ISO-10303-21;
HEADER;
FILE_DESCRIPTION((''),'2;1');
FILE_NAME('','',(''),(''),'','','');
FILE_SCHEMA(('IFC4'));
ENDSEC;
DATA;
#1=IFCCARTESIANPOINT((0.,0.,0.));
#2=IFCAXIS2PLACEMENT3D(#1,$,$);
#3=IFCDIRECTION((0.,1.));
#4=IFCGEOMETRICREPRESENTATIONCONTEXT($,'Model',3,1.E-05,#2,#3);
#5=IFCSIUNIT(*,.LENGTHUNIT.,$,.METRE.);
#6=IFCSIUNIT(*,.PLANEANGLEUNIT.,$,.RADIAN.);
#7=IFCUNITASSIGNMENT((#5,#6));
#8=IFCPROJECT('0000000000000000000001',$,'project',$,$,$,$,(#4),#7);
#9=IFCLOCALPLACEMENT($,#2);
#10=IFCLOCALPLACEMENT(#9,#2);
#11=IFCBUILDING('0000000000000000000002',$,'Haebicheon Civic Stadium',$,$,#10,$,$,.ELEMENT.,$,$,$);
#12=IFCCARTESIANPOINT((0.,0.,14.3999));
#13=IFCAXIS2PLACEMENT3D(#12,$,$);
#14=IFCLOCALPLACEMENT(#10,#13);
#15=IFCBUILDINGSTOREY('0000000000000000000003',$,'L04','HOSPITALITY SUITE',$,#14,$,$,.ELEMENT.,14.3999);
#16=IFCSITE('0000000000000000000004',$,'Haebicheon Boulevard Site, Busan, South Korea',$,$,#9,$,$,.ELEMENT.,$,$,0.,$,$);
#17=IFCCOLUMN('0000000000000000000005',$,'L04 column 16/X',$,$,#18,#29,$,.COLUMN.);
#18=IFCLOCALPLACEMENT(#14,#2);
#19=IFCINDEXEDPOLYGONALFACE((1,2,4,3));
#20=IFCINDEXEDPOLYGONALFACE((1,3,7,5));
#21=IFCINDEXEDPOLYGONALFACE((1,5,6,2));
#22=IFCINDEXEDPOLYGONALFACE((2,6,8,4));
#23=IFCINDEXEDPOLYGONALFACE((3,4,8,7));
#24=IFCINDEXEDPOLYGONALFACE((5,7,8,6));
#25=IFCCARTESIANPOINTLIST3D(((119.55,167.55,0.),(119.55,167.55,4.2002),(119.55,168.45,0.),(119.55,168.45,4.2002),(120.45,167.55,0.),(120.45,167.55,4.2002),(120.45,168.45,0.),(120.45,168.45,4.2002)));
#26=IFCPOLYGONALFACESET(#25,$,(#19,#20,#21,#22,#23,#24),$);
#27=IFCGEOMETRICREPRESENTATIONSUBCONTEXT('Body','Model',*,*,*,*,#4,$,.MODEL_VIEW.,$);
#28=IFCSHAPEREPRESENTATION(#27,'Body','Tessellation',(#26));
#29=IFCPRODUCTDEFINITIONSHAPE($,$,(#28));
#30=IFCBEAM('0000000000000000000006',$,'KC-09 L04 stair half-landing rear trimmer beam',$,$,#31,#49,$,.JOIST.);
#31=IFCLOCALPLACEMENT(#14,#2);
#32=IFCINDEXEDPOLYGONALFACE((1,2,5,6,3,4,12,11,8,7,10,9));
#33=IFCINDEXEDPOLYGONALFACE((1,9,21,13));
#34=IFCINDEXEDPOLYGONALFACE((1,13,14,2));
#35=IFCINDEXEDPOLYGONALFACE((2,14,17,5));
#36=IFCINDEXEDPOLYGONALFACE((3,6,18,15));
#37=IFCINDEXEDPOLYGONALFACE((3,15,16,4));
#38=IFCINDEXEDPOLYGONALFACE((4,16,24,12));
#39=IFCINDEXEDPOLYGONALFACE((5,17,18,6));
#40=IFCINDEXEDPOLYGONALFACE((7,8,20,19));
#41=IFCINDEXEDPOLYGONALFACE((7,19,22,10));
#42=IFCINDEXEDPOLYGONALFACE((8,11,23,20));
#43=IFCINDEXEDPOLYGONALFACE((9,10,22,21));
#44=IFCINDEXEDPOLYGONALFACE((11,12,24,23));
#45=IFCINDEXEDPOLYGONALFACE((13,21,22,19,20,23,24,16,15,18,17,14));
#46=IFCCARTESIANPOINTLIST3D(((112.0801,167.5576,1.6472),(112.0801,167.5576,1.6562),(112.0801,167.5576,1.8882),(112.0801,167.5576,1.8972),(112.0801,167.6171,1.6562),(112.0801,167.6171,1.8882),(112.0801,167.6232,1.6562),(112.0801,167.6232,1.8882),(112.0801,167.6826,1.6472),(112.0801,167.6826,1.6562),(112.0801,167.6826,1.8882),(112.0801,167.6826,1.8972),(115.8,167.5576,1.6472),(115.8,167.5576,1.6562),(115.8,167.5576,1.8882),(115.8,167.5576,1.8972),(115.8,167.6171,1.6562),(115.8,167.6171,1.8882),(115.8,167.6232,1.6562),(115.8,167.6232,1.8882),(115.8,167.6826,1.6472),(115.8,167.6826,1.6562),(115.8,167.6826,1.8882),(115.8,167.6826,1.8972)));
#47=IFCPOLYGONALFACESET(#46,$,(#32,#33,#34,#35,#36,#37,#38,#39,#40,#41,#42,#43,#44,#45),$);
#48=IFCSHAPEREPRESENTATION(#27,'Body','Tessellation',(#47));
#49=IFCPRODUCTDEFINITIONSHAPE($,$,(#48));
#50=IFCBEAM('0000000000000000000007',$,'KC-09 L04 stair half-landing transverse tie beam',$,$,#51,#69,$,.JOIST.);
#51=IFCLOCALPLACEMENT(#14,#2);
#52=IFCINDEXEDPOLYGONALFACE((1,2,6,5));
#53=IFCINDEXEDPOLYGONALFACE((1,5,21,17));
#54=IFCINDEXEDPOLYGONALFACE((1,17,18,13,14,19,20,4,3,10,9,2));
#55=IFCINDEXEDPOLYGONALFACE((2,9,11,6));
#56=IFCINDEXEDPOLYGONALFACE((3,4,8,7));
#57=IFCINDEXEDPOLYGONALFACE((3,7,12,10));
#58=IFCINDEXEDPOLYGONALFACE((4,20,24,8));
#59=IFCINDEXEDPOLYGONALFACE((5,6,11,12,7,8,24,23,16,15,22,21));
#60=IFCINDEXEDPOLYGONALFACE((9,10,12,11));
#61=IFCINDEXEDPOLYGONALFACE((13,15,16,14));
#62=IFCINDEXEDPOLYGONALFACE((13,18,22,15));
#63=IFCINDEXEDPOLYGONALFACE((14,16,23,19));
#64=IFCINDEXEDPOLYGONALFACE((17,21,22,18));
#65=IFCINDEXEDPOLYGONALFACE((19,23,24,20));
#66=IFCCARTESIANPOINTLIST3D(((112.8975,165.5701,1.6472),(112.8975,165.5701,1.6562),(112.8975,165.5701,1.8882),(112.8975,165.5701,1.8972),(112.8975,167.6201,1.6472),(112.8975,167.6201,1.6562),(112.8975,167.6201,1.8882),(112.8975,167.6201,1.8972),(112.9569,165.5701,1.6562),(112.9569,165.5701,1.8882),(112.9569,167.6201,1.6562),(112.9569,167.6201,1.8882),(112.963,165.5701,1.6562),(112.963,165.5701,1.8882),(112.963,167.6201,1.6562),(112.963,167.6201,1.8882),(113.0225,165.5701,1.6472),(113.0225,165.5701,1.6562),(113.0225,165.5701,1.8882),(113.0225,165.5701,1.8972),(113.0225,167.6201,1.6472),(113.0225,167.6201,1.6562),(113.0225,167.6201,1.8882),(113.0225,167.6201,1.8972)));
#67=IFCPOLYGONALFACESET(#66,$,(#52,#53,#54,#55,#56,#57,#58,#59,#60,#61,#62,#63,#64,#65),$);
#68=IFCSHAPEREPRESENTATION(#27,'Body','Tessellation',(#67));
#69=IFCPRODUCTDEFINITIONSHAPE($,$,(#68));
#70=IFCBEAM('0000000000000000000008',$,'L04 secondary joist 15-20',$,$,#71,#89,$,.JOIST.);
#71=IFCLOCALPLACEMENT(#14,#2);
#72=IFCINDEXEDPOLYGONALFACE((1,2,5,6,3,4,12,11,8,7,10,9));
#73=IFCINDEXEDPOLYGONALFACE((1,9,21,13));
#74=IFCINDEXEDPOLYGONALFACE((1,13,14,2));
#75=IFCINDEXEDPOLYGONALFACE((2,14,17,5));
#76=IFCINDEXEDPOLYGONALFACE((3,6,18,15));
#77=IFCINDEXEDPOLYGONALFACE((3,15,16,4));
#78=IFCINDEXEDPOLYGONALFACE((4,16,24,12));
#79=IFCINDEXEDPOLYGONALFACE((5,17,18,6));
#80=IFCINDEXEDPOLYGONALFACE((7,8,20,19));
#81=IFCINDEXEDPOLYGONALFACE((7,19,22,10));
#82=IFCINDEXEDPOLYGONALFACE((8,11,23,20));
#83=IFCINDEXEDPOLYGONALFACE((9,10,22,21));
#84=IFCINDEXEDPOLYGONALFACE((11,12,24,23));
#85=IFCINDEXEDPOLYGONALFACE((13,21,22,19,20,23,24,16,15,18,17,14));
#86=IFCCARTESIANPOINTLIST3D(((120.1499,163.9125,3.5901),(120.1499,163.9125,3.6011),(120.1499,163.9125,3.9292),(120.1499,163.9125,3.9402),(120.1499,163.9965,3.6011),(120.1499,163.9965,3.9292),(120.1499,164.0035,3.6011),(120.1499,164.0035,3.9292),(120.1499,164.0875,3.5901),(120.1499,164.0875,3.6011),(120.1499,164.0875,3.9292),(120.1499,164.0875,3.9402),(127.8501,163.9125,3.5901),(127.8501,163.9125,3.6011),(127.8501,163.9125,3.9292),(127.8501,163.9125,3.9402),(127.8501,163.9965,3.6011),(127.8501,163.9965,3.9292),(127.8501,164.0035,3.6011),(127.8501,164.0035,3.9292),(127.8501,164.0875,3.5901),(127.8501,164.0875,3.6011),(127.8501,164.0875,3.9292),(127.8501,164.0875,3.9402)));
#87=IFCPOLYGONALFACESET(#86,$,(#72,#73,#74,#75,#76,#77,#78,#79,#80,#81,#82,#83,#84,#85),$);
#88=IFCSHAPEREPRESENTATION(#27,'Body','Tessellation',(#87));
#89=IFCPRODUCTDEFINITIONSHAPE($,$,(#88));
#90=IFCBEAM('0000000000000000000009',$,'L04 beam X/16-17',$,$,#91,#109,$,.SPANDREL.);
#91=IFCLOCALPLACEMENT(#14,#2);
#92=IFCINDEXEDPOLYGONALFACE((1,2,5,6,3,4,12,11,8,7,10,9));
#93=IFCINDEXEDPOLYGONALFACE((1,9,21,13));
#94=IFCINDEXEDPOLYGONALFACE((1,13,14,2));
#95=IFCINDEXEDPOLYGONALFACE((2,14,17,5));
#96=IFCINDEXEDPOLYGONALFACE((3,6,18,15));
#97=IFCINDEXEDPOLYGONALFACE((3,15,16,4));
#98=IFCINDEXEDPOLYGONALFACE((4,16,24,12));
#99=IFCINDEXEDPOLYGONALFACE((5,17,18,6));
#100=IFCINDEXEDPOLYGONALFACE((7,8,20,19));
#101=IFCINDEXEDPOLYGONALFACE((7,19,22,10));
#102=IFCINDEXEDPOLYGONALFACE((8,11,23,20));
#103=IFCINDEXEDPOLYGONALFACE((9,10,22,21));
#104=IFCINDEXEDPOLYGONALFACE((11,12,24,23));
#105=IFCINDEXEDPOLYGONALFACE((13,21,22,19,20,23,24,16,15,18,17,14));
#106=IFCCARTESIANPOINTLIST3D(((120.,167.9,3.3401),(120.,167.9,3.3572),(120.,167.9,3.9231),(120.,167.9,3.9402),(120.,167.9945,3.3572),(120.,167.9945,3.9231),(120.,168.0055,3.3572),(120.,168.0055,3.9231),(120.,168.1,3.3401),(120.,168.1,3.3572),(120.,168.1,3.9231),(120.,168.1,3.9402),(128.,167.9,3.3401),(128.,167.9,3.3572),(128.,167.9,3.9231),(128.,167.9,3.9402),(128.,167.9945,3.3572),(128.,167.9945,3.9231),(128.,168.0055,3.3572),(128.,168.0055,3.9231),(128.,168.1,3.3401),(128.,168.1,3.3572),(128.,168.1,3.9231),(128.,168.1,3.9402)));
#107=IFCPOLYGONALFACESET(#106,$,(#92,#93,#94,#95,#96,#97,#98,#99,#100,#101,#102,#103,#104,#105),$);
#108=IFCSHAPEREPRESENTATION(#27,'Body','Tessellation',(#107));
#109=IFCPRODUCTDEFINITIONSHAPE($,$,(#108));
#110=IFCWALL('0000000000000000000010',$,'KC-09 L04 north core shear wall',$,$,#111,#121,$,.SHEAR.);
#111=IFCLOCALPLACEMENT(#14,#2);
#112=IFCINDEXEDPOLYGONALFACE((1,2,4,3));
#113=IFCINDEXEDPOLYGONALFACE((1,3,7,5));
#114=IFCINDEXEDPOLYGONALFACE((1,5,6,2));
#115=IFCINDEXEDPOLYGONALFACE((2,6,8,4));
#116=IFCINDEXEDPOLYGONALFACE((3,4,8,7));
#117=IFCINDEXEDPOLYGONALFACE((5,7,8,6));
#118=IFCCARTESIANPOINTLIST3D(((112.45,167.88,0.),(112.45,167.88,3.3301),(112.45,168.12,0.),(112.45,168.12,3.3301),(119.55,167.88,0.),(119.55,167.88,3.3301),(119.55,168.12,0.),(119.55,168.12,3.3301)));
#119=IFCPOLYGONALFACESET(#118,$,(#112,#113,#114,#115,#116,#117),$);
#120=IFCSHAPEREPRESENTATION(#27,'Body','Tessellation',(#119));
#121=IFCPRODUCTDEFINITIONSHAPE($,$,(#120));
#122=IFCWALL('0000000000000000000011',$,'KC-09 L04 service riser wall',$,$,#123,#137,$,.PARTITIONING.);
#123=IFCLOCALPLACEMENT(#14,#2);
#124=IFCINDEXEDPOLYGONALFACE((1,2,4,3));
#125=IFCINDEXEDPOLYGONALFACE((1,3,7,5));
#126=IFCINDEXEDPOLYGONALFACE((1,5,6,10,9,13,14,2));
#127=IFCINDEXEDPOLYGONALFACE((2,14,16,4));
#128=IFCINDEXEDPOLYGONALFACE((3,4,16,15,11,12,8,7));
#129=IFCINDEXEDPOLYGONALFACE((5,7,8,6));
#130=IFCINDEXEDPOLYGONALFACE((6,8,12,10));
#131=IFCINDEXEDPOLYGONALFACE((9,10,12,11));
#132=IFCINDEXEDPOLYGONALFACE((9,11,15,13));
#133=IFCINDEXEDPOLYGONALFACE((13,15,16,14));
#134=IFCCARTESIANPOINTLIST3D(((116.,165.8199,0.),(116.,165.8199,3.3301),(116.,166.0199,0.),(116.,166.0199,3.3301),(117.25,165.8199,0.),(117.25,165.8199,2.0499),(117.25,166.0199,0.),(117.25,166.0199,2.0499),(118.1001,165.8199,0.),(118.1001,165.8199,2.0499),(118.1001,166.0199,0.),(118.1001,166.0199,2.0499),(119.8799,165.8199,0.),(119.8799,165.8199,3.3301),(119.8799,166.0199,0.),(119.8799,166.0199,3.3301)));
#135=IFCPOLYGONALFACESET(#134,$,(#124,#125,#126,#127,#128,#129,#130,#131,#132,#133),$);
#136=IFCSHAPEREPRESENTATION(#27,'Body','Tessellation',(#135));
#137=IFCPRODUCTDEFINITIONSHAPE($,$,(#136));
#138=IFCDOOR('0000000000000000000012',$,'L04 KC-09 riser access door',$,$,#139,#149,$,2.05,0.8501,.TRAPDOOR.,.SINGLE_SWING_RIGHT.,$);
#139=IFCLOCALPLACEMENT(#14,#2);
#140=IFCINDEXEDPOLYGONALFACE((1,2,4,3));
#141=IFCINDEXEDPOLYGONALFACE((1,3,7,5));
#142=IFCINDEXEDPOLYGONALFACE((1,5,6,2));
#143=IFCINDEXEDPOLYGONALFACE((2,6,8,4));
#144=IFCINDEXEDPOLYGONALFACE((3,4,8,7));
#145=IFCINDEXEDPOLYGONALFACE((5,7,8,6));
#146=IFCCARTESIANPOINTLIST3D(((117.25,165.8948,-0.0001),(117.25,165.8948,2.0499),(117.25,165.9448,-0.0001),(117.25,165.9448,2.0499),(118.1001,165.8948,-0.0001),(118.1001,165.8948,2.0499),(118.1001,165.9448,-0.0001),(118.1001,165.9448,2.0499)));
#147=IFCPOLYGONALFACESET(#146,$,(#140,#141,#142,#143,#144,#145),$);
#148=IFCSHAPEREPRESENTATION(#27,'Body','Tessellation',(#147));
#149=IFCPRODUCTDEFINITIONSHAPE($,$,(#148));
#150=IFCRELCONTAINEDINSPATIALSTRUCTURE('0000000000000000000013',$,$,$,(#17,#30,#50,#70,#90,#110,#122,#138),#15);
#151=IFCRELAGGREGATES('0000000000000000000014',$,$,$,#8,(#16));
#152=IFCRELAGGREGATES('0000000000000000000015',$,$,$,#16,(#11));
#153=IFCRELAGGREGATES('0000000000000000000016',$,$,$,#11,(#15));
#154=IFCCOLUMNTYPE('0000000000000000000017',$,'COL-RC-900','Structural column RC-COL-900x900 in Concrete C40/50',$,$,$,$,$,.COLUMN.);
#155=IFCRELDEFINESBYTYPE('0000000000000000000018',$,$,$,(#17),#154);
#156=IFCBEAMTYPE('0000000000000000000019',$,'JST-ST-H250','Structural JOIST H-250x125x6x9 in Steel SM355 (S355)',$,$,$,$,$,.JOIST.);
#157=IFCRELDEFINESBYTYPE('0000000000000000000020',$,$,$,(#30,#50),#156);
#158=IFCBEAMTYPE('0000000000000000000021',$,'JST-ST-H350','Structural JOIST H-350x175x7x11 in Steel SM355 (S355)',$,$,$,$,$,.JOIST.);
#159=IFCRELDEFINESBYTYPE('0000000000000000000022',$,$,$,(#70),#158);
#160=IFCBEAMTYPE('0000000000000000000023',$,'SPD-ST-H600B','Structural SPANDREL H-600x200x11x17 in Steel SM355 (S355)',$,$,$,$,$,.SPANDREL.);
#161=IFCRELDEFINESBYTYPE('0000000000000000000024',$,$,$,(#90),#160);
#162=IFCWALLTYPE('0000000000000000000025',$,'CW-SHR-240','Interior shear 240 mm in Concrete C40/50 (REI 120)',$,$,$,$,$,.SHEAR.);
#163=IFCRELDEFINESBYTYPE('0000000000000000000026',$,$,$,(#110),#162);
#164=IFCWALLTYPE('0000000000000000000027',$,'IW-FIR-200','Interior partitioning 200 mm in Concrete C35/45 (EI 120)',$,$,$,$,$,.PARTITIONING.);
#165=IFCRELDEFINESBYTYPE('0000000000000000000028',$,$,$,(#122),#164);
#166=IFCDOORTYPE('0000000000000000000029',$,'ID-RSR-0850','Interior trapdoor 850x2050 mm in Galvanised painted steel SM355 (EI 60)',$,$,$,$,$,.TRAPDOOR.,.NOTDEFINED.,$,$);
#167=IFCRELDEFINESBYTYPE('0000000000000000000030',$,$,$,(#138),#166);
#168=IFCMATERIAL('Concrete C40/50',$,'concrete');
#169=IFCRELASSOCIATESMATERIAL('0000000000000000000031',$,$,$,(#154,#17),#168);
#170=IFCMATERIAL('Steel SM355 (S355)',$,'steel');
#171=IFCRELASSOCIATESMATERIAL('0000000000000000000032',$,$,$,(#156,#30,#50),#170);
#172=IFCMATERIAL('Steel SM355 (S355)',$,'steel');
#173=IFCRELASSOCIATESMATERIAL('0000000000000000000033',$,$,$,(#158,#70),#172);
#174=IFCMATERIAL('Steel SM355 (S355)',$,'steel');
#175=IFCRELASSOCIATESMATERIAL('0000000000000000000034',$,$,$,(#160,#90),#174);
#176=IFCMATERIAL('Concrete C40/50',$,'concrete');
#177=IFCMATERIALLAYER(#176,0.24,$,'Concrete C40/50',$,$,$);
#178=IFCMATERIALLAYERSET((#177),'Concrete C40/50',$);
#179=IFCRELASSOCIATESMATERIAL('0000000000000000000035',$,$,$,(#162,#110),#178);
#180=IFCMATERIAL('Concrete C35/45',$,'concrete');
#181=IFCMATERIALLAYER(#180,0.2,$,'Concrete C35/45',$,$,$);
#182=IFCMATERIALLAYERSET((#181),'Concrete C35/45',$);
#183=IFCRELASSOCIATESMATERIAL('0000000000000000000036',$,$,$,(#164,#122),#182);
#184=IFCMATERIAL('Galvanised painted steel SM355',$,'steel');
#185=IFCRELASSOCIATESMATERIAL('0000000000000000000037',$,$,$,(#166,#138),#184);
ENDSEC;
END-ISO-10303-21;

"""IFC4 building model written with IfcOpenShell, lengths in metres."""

from ifc_helpers import new_model, si_unit, direction, frame, frame_2d, origin, origin_2d, place, context, subcontext, project, spatial, rectangle, i_section, extrude, material, layer, layer_set, material_profile, profile_set, type_object, element, fill, save


model = new_model("IFC4")

# Units and contexts
model_context = context("Model", 3, precision=1e-05, world=origin(), true_north=direction((0.0, 1.0)))
body_context = subcontext(model_context, "Body", "Model", "MODEL_VIEW")
ifc_project = project(units=[si_unit("LENGTHUNIT", "METRE"), si_unit("PLANEANGLEUNIT", "RADIAN")], contexts=[model_context])

# Site, building, storey
site_placement = place(None, origin())
site = spatial("IfcSite", under=ifc_project, at=site_placement, Name="Haebicheon Boulevard Site, Busan, South Korea", CompositionType="ELEMENT", RefElevation=0.0)
building_placement = place(site_placement, origin())
building = spatial("IfcBuilding", under=site, at=building_placement, Name="Haebicheon Civic Stadium", CompositionType="ELEMENT")
storey_placement = place(building_placement, frame((0.0, 0.0, 14.3999)))
storey = spatial("IfcBuildingStorey", under=building, at=storey_placement, Name="L04", Description="HOSPITALITY SUITE", CompositionType="ELEMENT", Elevation=14.3999)

# Column
ifc_material_1 = material(Name="Concrete C40/50", Category="concrete")
ifc_material_profile_1 = material_profile(ifc_material_1, rectangle(XDim=0.8999, YDim=0.8999, at=origin_2d()), Name="RC-COL-900x900")
ifc_profile_set_1 = profile_set([ifc_material_profile_1], Name="Concrete C40/50")
column_type = type_object("IfcColumnType", Name="COL-RC-900", Description="Structural column RC-COL-900x900 in Concrete C40/50", PredefinedType="COLUMN", material=ifc_profile_set_1)
column_placement = place(storey_placement, frame((120.0, 168.0, 0.0), z_axis=(0.0, 0.0, 1.0), x_axis=(1.0, 0.0, 0.0)))
element("IfcColumn", 1, at=column_placement, inside=storey, type_object=column_type, material=ifc_profile_set_1, Name="L04 column 16/X", PredefinedType="COLUMN", context=body_context, shape_type="SweptSolid", body=[
    extrude(rectangle(XDim=0.8999, YDim=0.8999, at=origin_2d()), origin(), (0.0, 0.0, 1.0), 4.2002),
])

# Beams
ifc_material_2 = material(Name="Steel SM355 (S355)", Category="steel")
ifc_material_profile_2 = material_profile(ifc_material_2, i_section(OverallWidth=0.125, OverallDepth=0.25, WebThickness=0.0061, FlangeThickness=0.009, at=origin_2d()), Name="H-250x125x6x9")
ifc_profile_set_2 = profile_set([ifc_material_profile_2], Name="Steel SM355 (S355)")
beam_type_1 = type_object("IfcBeamType", Name="JST-ST-H250", Description="Structural JOIST H-250x125x6x9 in Steel SM355 (S355)", PredefinedType="JOIST", material=ifc_profile_set_2)
beam_1_placement = place(storey_placement, frame((112.0801, 167.6201, 1.7722), z_axis=(1.0, 0.0, 0.0), x_axis=(0.0, 1.0, 0.0)))
element("IfcBeam", 2, at=beam_1_placement, inside=storey, type_object=beam_type_1, material=ifc_profile_set_2, Name="KC-09 L04 stair half-landing rear trimmer beam", PredefinedType="JOIST", context=body_context, shape_type="SweptSolid", body=[
    extrude(i_section(OverallWidth=0.125, OverallDepth=0.25, WebThickness=0.0061, FlangeThickness=0.009, at=origin_2d()), origin(), (0.0, 0.0, 1.0), 3.72),
])
beam_2_placement = place(storey_placement, frame((112.96, 165.5701, 1.7722), z_axis=(0.0, 1.0, 0.0), x_axis=(-1.0, 0.0, 0.0)))
element("IfcBeam", 3, at=beam_2_placement, inside=storey, type_object=beam_type_1, material=ifc_profile_set_2, Name="KC-09 L04 stair half-landing transverse tie beam", PredefinedType="JOIST", context=body_context, shape_type="SweptSolid", body=[
    extrude(i_section(OverallWidth=0.125, OverallDepth=0.25, WebThickness=0.0061, FlangeThickness=0.009, at=origin_2d()), origin(), (0.0, 0.0, 1.0), 2.05),
])
ifc_material_3 = material(Name="Steel SM355 (S355)", Category="steel")
ifc_material_profile_3 = material_profile(ifc_material_3, i_section(OverallWidth=0.175, OverallDepth=0.3501, WebThickness=0.0071, FlangeThickness=0.011, at=origin_2d()), Name="H-350x175x7x11")
ifc_profile_set_3 = profile_set([ifc_material_profile_3], Name="Steel SM355 (S355)")
beam_type_2 = type_object("IfcBeamType", Name="JST-ST-H350", Description="Structural JOIST H-350x175x7x11 in Steel SM355 (S355)", PredefinedType="JOIST", material=ifc_profile_set_3)
beam_3_placement = place(storey_placement, frame((120.1499, 164.0, 3.7651), z_axis=(1.0, 0.0, 0.0), x_axis=(0.0, 1.0, 0.0)))
element("IfcBeam", 4, at=beam_3_placement, inside=storey, type_object=beam_type_2, material=ifc_profile_set_3, Name="L04 secondary joist 15-20", PredefinedType="JOIST", context=body_context, shape_type="SweptSolid", body=[
    extrude(i_section(OverallWidth=0.175, OverallDepth=0.3501, WebThickness=0.0071, FlangeThickness=0.011, at=origin_2d()), origin(), (0.0, 0.0, 1.0), 7.7002),
])
ifc_material_4 = material(Name="Steel SM355 (S355)", Category="steel")
ifc_material_profile_4 = material_profile(ifc_material_4, i_section(OverallWidth=0.2, OverallDepth=0.6001, WebThickness=0.011, FlangeThickness=0.0171, at=origin_2d()), Name="H-600x200x11x17")
ifc_profile_set_4 = profile_set([ifc_material_profile_4], Name="Steel SM355 (S355)")
beam_type_3 = type_object("IfcBeamType", Name="SPD-ST-H600B", Description="Structural SPANDREL H-600x200x11x17 in Steel SM355 (S355)", PredefinedType="SPANDREL", material=ifc_profile_set_4)
beam_4_placement = place(storey_placement, frame((120.0, 168.0, 3.6401), z_axis=(1.0, 0.0, 0.0), x_axis=(0.0, 1.0, 0.0)))
element("IfcBeam", 5, at=beam_4_placement, inside=storey, type_object=beam_type_3, material=ifc_profile_set_4, Name="L04 beam X/16-17", PredefinedType="SPANDREL", context=body_context, shape_type="SweptSolid", body=[
    extrude(i_section(OverallWidth=0.2, OverallDepth=0.6001, WebThickness=0.011, FlangeThickness=0.0171, at=origin_2d()), origin(), (0.0, 0.0, 1.0), 8.0),
])

# Wall
ifc_material_5 = material(Name="Concrete C40/50", Category="concrete")
ifc_layer_1 = layer(ifc_material_5, 0.24, Name="Concrete C40/50")
ifc_layer_set_1 = layer_set([ifc_layer_1], Name="Concrete C40/50")
wall_type_1 = type_object("IfcWallType", Name="CW-SHR-240", Description="Interior shear 240 mm in Concrete C40/50 (REI 120)", PredefinedType="SHEAR", material=ifc_layer_set_1)
wall_1_placement = place(storey_placement, frame((112.45, 168.0, 0.0), z_axis=(0.0, 0.0, 1.0), x_axis=(1.0, 0.0, 0.0)))
element("IfcWall", 6, at=wall_1_placement, inside=storey, type_object=wall_type_1, material=ifc_layer_set_1, Name="KC-09 L04 north core shear wall", PredefinedType="SHEAR", context=body_context, shape_type="SweptSolid", body=[
    extrude(rectangle(XDim=7.1001, YDim=0.24, at=frame_2d((3.55, 0.0))), origin(), (0.0, 0.0, 1.0), 3.3301),
])

# Wall, opening, door
ifc_material_6 = material(Name="Concrete C35/45", Category="concrete")
ifc_layer_2 = layer(ifc_material_6, 0.2, Name="Concrete C35/45")
ifc_layer_set_2 = layer_set([ifc_layer_2], Name="Concrete C35/45")
wall_type_2 = type_object("IfcWallType", Name="IW-FIR-200", Description="Interior partitioning 200 mm in Concrete C35/45 (EI 120)", PredefinedType="PARTITIONING", material=ifc_layer_set_2)
wall_2_placement = place(storey_placement, frame((116.0, 165.9199, 0.0), z_axis=(0.0, 0.0, 1.0), x_axis=(1.0, 0.0, 0.0)))
wall_2 = element("IfcWall", 7, at=wall_2_placement, inside=storey, type_object=wall_type_2, material=ifc_layer_set_2, Name="KC-09 L04 service riser wall", PredefinedType="PARTITIONING", context=body_context, shape_type="SweptSolid", body=[
    extrude(rectangle(XDim=3.8799, YDim=0.2, at=frame_2d((1.9399, 0.0))), origin(), (0.0, 0.0, 1.0), 3.3301),
])
opening_placement = place(wall_2_placement, frame((1.25, 0.0, 0.0)))
opening = element("IfcOpeningElement", 8, at=opening_placement, cuts=wall_2, PredefinedType="OPENING", context=body_context, shape_type="SweptSolid", body=[
    extrude(rectangle(XDim=0.8501, YDim=2.05, at=frame_2d((0.425, 1.0249))), frame((0.0, 0.1099, 0.0), z_axis=(0.0, -1.0, 0.0), x_axis=(1.0, 0.0, 0.0)), (0.0, 0.0, 1.0), 0.22),
])
ifc_material_7 = material(Name="Galvanised painted steel SM355", Category="steel")
door_type = type_object("IfcDoorType", Name="ID-RSR-0850", Description="Interior trapdoor 850x2050 mm in Galvanised painted steel SM355 (EI 60)", OperationType="NOTDEFINED", PredefinedType="TRAPDOOR", material=ifc_material_7)
door_placement = place(opening_placement, origin())
door = element("IfcDoor", 9, at=door_placement, inside=storey, type_object=door_type, material=ifc_material_7, Name="L04 KC-09 riser access door", OperationType="SINGLE_SWING_RIGHT", OverallHeight=2.05, OverallWidth=0.8501, PredefinedType="TRAPDOOR", context=body_context, shape_type="SweptSolid", body=[
    extrude(rectangle(XDim=0.8501, YDim=2.05, at=frame_2d((0.425, 1.0249))), frame((0.0, 0.0249, 0.0), z_axis=(0.0, -1.0, 0.0), x_axis=(1.0, 0.0, 0.0)), (0.0, 0.0, 1.0), 0.05),
])
fill(opening, door)

save(model, "model.ifc")
